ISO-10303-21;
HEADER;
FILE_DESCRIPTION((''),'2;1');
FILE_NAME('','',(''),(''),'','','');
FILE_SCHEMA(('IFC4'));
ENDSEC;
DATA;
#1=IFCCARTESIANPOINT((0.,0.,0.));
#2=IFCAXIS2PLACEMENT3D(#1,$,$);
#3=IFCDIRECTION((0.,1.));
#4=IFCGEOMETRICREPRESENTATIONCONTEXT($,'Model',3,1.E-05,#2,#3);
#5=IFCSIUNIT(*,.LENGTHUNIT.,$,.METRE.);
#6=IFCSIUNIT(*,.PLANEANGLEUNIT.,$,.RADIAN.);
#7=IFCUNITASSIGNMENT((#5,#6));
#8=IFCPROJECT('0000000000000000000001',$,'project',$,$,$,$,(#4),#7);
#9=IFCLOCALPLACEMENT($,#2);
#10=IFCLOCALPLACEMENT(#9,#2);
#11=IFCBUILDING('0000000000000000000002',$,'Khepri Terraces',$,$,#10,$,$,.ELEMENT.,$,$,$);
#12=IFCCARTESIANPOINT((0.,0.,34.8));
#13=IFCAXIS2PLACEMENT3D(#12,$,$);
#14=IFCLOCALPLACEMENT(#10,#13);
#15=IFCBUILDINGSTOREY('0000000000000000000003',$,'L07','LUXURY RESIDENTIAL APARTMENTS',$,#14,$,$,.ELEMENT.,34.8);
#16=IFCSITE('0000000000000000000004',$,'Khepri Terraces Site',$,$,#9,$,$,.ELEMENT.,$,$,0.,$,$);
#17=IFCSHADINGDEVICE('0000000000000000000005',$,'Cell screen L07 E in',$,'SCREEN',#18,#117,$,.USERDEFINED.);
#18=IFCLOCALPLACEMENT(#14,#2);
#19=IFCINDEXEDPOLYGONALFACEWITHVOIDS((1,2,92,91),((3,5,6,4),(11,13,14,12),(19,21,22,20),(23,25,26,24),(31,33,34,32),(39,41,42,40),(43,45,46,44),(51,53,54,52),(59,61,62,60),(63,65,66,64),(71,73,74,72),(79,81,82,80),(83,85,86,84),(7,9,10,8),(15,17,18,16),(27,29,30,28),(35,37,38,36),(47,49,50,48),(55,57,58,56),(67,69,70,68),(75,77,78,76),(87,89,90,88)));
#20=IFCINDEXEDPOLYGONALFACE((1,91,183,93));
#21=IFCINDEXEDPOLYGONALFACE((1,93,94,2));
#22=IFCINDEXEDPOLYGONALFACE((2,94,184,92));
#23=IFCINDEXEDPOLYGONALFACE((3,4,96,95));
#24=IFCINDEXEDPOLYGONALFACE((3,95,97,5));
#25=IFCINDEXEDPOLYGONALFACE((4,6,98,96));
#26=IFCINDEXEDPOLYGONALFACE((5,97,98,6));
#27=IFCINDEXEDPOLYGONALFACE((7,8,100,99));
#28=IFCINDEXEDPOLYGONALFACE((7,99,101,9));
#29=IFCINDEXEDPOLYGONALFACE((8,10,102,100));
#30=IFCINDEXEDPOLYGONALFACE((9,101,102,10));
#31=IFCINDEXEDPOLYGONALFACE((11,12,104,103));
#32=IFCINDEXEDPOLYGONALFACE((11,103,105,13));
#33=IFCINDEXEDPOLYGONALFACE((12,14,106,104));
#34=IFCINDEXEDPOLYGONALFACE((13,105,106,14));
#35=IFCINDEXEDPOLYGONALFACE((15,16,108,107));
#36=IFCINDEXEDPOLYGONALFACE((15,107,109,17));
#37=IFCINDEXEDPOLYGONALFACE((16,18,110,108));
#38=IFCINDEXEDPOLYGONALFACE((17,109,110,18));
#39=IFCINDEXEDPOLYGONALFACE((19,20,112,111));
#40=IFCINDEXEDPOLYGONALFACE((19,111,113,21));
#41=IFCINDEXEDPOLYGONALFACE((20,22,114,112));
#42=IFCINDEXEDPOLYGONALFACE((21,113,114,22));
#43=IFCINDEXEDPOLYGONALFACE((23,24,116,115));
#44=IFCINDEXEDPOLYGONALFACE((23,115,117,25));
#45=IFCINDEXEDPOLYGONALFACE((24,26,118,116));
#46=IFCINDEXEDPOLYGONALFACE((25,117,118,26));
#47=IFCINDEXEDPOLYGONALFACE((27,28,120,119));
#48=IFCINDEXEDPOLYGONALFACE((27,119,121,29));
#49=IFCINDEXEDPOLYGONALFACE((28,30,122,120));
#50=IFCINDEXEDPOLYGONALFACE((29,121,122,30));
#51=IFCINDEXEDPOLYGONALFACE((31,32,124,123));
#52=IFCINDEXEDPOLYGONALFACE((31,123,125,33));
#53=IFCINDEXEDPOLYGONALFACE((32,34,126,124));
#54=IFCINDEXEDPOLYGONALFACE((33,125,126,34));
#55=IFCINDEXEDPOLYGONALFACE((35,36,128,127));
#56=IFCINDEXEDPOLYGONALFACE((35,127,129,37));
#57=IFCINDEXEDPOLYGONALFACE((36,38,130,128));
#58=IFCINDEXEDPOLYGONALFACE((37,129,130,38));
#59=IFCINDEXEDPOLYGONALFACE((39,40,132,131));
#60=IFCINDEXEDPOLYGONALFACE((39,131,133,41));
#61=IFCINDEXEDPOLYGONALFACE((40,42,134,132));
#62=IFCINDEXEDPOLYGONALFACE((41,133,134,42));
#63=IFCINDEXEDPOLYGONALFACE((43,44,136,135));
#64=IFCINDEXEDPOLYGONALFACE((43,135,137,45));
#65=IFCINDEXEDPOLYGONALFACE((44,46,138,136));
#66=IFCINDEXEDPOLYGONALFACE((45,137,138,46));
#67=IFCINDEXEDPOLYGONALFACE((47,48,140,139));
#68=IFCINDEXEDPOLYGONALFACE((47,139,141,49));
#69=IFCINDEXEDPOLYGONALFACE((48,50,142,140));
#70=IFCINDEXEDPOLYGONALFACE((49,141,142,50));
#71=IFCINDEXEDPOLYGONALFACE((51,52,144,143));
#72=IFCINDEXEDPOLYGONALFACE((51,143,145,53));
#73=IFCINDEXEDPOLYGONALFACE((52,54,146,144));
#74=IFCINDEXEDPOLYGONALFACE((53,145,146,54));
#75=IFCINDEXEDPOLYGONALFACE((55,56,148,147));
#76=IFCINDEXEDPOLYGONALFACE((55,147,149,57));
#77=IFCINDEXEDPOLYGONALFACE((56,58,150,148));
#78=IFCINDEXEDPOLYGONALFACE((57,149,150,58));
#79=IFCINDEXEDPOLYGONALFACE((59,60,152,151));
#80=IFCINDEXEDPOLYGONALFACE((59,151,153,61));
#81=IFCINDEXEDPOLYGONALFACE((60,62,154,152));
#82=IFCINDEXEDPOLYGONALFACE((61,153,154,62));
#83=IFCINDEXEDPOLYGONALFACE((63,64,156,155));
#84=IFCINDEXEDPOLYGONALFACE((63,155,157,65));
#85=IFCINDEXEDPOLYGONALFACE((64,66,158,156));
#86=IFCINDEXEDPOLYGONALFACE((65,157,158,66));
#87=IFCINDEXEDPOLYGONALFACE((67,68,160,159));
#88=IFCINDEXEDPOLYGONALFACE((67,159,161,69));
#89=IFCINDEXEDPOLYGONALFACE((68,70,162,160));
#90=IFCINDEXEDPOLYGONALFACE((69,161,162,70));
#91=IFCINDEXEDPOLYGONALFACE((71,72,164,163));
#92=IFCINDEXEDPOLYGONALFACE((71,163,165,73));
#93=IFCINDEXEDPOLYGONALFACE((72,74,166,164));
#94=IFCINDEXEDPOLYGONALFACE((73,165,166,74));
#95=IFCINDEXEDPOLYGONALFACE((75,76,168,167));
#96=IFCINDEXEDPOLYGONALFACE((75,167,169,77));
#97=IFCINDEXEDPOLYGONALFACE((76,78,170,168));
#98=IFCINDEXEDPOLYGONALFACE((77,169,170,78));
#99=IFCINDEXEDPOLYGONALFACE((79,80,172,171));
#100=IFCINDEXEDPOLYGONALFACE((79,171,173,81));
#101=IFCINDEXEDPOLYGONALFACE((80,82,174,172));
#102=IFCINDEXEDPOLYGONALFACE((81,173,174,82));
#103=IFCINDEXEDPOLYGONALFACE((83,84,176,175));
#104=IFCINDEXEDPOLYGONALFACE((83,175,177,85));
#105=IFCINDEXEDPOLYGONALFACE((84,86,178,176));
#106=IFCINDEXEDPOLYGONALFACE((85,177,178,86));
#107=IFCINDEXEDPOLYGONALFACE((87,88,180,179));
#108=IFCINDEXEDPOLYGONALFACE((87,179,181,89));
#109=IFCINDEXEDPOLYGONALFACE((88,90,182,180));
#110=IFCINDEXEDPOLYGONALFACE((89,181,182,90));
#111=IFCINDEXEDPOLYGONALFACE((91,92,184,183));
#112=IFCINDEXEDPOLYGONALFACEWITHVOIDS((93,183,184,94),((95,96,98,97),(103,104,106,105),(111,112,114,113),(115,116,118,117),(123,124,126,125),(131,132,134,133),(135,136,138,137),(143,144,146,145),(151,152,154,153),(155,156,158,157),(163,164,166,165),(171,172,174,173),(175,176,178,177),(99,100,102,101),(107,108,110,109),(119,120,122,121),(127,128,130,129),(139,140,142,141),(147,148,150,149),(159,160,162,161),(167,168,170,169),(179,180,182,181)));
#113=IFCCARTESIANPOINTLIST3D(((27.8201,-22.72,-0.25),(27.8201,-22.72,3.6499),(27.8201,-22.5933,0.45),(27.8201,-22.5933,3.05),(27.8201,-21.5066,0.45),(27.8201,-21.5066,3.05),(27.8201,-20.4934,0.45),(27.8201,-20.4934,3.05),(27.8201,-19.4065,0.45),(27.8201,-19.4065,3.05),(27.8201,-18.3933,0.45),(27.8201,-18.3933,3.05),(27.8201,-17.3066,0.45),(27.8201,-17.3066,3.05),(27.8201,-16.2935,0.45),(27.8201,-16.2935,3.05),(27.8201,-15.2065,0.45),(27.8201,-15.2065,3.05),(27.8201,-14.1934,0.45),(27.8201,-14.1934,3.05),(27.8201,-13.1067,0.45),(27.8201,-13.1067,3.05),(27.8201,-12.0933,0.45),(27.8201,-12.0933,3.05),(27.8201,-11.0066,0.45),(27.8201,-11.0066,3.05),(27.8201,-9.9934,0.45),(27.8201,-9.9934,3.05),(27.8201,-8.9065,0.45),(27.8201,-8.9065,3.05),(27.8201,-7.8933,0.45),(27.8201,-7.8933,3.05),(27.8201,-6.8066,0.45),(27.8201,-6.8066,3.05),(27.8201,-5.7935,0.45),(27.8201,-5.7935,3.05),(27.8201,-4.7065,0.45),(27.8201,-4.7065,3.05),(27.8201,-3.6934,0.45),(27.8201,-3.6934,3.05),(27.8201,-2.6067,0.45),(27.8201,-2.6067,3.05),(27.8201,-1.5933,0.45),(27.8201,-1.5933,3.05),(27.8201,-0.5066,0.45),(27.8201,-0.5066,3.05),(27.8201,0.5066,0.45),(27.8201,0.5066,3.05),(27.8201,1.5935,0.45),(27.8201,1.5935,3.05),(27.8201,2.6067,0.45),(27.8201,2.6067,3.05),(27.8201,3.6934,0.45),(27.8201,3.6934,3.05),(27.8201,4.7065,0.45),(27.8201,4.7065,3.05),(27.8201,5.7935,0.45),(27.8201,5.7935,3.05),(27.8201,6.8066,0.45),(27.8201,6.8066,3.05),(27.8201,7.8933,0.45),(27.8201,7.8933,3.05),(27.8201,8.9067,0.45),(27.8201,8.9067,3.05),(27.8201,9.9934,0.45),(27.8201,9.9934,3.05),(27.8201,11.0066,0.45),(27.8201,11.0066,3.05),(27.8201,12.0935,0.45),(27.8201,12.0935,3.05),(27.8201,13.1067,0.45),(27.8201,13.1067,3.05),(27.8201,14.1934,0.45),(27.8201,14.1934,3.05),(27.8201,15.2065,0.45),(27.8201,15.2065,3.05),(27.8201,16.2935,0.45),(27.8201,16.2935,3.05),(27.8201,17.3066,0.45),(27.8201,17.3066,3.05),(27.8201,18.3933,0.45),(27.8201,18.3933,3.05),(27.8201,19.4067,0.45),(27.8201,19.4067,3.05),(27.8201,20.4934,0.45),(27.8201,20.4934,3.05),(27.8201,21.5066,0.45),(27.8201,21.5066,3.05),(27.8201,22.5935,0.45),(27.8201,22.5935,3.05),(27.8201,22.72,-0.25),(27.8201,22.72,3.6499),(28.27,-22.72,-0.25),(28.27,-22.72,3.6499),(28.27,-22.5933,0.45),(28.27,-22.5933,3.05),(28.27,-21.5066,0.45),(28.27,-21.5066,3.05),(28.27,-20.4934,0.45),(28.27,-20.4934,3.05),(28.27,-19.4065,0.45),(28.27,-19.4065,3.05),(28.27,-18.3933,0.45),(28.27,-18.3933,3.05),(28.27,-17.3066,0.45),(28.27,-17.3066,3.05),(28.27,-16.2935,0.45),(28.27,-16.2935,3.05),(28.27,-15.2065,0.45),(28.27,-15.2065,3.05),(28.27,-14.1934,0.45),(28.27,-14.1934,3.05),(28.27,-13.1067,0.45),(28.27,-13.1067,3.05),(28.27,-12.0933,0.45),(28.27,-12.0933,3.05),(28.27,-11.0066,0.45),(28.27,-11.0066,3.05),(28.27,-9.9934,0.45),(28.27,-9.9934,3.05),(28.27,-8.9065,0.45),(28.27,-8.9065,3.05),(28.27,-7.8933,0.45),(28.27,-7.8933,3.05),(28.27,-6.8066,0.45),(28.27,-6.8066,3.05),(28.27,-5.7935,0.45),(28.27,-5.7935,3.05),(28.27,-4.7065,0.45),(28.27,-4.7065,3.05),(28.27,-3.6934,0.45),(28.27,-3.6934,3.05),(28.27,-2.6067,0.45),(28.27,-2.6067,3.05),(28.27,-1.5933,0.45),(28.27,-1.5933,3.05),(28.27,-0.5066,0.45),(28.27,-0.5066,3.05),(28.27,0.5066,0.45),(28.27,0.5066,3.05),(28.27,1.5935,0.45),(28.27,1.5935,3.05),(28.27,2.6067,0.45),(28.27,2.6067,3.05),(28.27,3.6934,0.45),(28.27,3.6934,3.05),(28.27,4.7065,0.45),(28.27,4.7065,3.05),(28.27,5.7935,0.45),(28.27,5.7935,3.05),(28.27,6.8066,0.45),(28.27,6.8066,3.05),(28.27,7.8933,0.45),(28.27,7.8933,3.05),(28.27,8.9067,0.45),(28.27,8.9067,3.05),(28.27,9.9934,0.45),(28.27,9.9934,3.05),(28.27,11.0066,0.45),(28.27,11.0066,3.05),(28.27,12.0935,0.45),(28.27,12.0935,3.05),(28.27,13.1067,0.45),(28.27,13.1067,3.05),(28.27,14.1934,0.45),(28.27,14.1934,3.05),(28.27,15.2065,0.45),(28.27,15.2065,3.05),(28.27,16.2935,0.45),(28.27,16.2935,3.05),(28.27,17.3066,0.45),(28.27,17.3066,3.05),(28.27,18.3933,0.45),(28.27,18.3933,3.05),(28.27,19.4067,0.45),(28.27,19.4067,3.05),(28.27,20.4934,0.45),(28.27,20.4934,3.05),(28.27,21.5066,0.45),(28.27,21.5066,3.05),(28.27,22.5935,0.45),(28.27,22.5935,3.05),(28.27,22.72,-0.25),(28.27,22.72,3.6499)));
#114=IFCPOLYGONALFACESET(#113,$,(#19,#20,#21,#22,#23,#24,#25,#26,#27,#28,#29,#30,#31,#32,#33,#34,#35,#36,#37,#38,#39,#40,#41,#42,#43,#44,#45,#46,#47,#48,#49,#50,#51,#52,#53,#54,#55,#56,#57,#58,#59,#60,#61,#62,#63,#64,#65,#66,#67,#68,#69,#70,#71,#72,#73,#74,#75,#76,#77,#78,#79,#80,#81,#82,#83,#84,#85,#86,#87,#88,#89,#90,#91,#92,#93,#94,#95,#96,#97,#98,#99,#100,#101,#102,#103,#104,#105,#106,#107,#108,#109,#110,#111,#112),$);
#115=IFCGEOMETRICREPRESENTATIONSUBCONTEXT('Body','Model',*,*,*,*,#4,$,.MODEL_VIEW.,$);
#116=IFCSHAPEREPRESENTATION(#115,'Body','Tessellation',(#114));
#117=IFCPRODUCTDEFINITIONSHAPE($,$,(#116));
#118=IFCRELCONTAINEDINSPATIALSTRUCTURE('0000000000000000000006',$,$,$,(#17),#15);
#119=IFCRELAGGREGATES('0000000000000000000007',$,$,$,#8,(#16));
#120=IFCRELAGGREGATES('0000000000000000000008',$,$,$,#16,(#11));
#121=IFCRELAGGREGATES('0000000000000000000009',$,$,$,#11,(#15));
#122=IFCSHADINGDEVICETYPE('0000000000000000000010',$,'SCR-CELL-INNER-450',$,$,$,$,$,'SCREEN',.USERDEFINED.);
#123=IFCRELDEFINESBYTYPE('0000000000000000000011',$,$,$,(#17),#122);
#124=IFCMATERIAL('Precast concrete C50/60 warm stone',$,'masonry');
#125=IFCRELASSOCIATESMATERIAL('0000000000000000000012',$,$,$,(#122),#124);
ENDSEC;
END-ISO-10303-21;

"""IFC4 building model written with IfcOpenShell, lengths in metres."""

from ifc_helpers import new_model, si_unit, direction, frame, origin, place, context, subcontext, project, spatial, polyline, outline, extrude, material, type_object, element, save


model = new_model("IFC4")

# Units and contexts
model_context = context("Model", 3, precision=1e-05, world=origin(), true_north=direction((0.0, 1.0)))
body_context = subcontext(model_context, "Body", "Model", "MODEL_VIEW")
ifc_project = project(units=[si_unit("LENGTHUNIT", "METRE"), si_unit("PLANEANGLEUNIT", "RADIAN")], contexts=[model_context])

# Site, building, storey
site_placement = place(None, origin())
site = spatial("IfcSite", under=ifc_project, at=site_placement, Name="Khepri Terraces Site", CompositionType="ELEMENT", RefElevation=0.0)
building_placement = place(site_placement, origin())
building = spatial("IfcBuilding", under=site, at=building_placement, Name="Khepri Terraces", CompositionType="ELEMENT")
storey_placement = place(building_placement, frame((0.0, 0.0, 34.8)))
storey = spatial("IfcBuildingStorey", under=building, at=storey_placement, Name="L07", Description="LUXURY RESIDENTIAL APARTMENTS", CompositionType="ELEMENT", Elevation=34.8)

# Shared definitions
ifc_material_1 = material(Name="Precast concrete C50/60 warm stone", Category="masonry")

# Shading device
shading_device_type_1 = type_object("IfcShadingDeviceType", Name="SCR-CELL-INNER-450", ElementType="SCREEN", PredefinedType="USERDEFINED", material=ifc_material_1)
shading_device_1_placement = place(storey_placement, frame((27.8201, -22.72, -0.25), z_axis=(1.0, 0.0, 0.0), x_axis=(0.0, 1.0, 0.0)))
element("IfcShadingDevice", 1, at=shading_device_1_placement, inside=storey, type_object=shading_device_type_1, Name="Cell screen L07 E in", ObjectType="SCREEN", PredefinedType="USERDEFINED", context=body_context, shape_type="SweptSolid", body=[
    extrude(outline(polyline([(0.0, 0.0), (45.4399, 0.0), (45.4399, 3.8999), (0.0, 3.8999), (0.0, 0.0)]), holes=[polyline([(0.1267, 0.7), (1.2134, 0.7), (1.2134, 3.3), (0.1267, 3.3), (0.1267, 0.7)]), polyline([(2.2266, 0.7), (3.3135, 0.7), (3.3135, 3.3), (2.2266, 3.3), (2.2266, 0.7)]), polyline([(4.3267, 0.7), (5.4133, 0.7), (5.4133, 3.3), (4.3267, 3.3), (4.3267, 0.7)]), polyline([(6.4265, 0.7), (7.5134, 0.7), (7.5134, 3.3), (6.4265, 3.3), (6.4265, 0.7)]), polyline([(8.5266, 0.7), (9.6133, 0.7), (9.6133, 3.3), (8.5266, 3.3), (8.5266, 0.7)]), polyline([(10.6267, 0.7), (11.7134, 0.7), (11.7134, 3.3), (10.6267, 3.3), (10.6267, 0.7)]), polyline([(12.7266, 0.7), (13.8135, 0.7), (13.8135, 3.3), (12.7266, 3.3), (12.7266, 0.7)]), polyline([(14.8267, 0.7), (15.9133, 0.7), (15.9133, 3.3), (14.8267, 3.3), (14.8267, 0.7)]), polyline([(16.9265, 0.7), (18.0134, 0.7), (18.0134, 3.3), (16.9265, 3.3), (16.9265, 0.7)]), polyline([(19.0266, 0.7), (20.1133, 0.7), (20.1133, 3.3), (19.0266, 3.3), (19.0266, 0.7)]), polyline([(21.1267, 0.7), (22.2134, 0.7), (22.2134, 3.3), (21.1267, 3.3), (21.1267, 0.7)]), polyline([(23.2266, 0.7), (24.3135, 0.7), (24.3135, 3.3), (23.2266, 3.3), (23.2266, 0.7)]), polyline([(25.3267, 0.7), (26.4133, 0.7), (26.4133, 3.3), (25.3267, 3.3), (25.3267, 0.7)]), polyline([(27.4265, 0.7), (28.5134, 0.7), (28.5134, 3.3), (27.4265, 3.3), (27.4265, 0.7)]), polyline([(29.5266, 0.7), (30.6133, 0.7), (30.6133, 3.3), (29.5266, 3.3), (29.5266, 0.7)]), polyline([(31.6267, 0.7), (32.7134, 0.7), (32.7134, 3.3), (31.6267, 3.3), (31.6267, 0.7)]), polyline([(33.7266, 0.7), (34.8135, 0.7), (34.8135, 3.3), (33.7266, 3.3), (33.7266, 0.7)]), polyline([(35.8267, 0.7), (36.9133, 0.7), (36.9133, 3.3), (35.8267, 3.3), (35.8267, 0.7)]), polyline([(37.9265, 0.7), (39.0134, 0.7), (39.0134, 3.3), (37.9265, 3.3), (37.9265, 0.7)]), polyline([(40.0266, 0.7), (41.1133, 0.7), (41.1133, 3.3), (40.0266, 3.3), (40.0266, 0.7)]), polyline([(42.1267, 0.7), (43.2134, 0.7), (43.2134, 3.3), (42.1267, 3.3), (42.1267, 0.7)]), polyline([(44.2266, 0.7), (45.3135, 0.7), (45.3135, 3.3), (44.2266, 3.3), (44.2266, 0.7)])]), origin(), (0.0, 0.0, 1.0), 0.45),
])

save(model, "model.ifc")
